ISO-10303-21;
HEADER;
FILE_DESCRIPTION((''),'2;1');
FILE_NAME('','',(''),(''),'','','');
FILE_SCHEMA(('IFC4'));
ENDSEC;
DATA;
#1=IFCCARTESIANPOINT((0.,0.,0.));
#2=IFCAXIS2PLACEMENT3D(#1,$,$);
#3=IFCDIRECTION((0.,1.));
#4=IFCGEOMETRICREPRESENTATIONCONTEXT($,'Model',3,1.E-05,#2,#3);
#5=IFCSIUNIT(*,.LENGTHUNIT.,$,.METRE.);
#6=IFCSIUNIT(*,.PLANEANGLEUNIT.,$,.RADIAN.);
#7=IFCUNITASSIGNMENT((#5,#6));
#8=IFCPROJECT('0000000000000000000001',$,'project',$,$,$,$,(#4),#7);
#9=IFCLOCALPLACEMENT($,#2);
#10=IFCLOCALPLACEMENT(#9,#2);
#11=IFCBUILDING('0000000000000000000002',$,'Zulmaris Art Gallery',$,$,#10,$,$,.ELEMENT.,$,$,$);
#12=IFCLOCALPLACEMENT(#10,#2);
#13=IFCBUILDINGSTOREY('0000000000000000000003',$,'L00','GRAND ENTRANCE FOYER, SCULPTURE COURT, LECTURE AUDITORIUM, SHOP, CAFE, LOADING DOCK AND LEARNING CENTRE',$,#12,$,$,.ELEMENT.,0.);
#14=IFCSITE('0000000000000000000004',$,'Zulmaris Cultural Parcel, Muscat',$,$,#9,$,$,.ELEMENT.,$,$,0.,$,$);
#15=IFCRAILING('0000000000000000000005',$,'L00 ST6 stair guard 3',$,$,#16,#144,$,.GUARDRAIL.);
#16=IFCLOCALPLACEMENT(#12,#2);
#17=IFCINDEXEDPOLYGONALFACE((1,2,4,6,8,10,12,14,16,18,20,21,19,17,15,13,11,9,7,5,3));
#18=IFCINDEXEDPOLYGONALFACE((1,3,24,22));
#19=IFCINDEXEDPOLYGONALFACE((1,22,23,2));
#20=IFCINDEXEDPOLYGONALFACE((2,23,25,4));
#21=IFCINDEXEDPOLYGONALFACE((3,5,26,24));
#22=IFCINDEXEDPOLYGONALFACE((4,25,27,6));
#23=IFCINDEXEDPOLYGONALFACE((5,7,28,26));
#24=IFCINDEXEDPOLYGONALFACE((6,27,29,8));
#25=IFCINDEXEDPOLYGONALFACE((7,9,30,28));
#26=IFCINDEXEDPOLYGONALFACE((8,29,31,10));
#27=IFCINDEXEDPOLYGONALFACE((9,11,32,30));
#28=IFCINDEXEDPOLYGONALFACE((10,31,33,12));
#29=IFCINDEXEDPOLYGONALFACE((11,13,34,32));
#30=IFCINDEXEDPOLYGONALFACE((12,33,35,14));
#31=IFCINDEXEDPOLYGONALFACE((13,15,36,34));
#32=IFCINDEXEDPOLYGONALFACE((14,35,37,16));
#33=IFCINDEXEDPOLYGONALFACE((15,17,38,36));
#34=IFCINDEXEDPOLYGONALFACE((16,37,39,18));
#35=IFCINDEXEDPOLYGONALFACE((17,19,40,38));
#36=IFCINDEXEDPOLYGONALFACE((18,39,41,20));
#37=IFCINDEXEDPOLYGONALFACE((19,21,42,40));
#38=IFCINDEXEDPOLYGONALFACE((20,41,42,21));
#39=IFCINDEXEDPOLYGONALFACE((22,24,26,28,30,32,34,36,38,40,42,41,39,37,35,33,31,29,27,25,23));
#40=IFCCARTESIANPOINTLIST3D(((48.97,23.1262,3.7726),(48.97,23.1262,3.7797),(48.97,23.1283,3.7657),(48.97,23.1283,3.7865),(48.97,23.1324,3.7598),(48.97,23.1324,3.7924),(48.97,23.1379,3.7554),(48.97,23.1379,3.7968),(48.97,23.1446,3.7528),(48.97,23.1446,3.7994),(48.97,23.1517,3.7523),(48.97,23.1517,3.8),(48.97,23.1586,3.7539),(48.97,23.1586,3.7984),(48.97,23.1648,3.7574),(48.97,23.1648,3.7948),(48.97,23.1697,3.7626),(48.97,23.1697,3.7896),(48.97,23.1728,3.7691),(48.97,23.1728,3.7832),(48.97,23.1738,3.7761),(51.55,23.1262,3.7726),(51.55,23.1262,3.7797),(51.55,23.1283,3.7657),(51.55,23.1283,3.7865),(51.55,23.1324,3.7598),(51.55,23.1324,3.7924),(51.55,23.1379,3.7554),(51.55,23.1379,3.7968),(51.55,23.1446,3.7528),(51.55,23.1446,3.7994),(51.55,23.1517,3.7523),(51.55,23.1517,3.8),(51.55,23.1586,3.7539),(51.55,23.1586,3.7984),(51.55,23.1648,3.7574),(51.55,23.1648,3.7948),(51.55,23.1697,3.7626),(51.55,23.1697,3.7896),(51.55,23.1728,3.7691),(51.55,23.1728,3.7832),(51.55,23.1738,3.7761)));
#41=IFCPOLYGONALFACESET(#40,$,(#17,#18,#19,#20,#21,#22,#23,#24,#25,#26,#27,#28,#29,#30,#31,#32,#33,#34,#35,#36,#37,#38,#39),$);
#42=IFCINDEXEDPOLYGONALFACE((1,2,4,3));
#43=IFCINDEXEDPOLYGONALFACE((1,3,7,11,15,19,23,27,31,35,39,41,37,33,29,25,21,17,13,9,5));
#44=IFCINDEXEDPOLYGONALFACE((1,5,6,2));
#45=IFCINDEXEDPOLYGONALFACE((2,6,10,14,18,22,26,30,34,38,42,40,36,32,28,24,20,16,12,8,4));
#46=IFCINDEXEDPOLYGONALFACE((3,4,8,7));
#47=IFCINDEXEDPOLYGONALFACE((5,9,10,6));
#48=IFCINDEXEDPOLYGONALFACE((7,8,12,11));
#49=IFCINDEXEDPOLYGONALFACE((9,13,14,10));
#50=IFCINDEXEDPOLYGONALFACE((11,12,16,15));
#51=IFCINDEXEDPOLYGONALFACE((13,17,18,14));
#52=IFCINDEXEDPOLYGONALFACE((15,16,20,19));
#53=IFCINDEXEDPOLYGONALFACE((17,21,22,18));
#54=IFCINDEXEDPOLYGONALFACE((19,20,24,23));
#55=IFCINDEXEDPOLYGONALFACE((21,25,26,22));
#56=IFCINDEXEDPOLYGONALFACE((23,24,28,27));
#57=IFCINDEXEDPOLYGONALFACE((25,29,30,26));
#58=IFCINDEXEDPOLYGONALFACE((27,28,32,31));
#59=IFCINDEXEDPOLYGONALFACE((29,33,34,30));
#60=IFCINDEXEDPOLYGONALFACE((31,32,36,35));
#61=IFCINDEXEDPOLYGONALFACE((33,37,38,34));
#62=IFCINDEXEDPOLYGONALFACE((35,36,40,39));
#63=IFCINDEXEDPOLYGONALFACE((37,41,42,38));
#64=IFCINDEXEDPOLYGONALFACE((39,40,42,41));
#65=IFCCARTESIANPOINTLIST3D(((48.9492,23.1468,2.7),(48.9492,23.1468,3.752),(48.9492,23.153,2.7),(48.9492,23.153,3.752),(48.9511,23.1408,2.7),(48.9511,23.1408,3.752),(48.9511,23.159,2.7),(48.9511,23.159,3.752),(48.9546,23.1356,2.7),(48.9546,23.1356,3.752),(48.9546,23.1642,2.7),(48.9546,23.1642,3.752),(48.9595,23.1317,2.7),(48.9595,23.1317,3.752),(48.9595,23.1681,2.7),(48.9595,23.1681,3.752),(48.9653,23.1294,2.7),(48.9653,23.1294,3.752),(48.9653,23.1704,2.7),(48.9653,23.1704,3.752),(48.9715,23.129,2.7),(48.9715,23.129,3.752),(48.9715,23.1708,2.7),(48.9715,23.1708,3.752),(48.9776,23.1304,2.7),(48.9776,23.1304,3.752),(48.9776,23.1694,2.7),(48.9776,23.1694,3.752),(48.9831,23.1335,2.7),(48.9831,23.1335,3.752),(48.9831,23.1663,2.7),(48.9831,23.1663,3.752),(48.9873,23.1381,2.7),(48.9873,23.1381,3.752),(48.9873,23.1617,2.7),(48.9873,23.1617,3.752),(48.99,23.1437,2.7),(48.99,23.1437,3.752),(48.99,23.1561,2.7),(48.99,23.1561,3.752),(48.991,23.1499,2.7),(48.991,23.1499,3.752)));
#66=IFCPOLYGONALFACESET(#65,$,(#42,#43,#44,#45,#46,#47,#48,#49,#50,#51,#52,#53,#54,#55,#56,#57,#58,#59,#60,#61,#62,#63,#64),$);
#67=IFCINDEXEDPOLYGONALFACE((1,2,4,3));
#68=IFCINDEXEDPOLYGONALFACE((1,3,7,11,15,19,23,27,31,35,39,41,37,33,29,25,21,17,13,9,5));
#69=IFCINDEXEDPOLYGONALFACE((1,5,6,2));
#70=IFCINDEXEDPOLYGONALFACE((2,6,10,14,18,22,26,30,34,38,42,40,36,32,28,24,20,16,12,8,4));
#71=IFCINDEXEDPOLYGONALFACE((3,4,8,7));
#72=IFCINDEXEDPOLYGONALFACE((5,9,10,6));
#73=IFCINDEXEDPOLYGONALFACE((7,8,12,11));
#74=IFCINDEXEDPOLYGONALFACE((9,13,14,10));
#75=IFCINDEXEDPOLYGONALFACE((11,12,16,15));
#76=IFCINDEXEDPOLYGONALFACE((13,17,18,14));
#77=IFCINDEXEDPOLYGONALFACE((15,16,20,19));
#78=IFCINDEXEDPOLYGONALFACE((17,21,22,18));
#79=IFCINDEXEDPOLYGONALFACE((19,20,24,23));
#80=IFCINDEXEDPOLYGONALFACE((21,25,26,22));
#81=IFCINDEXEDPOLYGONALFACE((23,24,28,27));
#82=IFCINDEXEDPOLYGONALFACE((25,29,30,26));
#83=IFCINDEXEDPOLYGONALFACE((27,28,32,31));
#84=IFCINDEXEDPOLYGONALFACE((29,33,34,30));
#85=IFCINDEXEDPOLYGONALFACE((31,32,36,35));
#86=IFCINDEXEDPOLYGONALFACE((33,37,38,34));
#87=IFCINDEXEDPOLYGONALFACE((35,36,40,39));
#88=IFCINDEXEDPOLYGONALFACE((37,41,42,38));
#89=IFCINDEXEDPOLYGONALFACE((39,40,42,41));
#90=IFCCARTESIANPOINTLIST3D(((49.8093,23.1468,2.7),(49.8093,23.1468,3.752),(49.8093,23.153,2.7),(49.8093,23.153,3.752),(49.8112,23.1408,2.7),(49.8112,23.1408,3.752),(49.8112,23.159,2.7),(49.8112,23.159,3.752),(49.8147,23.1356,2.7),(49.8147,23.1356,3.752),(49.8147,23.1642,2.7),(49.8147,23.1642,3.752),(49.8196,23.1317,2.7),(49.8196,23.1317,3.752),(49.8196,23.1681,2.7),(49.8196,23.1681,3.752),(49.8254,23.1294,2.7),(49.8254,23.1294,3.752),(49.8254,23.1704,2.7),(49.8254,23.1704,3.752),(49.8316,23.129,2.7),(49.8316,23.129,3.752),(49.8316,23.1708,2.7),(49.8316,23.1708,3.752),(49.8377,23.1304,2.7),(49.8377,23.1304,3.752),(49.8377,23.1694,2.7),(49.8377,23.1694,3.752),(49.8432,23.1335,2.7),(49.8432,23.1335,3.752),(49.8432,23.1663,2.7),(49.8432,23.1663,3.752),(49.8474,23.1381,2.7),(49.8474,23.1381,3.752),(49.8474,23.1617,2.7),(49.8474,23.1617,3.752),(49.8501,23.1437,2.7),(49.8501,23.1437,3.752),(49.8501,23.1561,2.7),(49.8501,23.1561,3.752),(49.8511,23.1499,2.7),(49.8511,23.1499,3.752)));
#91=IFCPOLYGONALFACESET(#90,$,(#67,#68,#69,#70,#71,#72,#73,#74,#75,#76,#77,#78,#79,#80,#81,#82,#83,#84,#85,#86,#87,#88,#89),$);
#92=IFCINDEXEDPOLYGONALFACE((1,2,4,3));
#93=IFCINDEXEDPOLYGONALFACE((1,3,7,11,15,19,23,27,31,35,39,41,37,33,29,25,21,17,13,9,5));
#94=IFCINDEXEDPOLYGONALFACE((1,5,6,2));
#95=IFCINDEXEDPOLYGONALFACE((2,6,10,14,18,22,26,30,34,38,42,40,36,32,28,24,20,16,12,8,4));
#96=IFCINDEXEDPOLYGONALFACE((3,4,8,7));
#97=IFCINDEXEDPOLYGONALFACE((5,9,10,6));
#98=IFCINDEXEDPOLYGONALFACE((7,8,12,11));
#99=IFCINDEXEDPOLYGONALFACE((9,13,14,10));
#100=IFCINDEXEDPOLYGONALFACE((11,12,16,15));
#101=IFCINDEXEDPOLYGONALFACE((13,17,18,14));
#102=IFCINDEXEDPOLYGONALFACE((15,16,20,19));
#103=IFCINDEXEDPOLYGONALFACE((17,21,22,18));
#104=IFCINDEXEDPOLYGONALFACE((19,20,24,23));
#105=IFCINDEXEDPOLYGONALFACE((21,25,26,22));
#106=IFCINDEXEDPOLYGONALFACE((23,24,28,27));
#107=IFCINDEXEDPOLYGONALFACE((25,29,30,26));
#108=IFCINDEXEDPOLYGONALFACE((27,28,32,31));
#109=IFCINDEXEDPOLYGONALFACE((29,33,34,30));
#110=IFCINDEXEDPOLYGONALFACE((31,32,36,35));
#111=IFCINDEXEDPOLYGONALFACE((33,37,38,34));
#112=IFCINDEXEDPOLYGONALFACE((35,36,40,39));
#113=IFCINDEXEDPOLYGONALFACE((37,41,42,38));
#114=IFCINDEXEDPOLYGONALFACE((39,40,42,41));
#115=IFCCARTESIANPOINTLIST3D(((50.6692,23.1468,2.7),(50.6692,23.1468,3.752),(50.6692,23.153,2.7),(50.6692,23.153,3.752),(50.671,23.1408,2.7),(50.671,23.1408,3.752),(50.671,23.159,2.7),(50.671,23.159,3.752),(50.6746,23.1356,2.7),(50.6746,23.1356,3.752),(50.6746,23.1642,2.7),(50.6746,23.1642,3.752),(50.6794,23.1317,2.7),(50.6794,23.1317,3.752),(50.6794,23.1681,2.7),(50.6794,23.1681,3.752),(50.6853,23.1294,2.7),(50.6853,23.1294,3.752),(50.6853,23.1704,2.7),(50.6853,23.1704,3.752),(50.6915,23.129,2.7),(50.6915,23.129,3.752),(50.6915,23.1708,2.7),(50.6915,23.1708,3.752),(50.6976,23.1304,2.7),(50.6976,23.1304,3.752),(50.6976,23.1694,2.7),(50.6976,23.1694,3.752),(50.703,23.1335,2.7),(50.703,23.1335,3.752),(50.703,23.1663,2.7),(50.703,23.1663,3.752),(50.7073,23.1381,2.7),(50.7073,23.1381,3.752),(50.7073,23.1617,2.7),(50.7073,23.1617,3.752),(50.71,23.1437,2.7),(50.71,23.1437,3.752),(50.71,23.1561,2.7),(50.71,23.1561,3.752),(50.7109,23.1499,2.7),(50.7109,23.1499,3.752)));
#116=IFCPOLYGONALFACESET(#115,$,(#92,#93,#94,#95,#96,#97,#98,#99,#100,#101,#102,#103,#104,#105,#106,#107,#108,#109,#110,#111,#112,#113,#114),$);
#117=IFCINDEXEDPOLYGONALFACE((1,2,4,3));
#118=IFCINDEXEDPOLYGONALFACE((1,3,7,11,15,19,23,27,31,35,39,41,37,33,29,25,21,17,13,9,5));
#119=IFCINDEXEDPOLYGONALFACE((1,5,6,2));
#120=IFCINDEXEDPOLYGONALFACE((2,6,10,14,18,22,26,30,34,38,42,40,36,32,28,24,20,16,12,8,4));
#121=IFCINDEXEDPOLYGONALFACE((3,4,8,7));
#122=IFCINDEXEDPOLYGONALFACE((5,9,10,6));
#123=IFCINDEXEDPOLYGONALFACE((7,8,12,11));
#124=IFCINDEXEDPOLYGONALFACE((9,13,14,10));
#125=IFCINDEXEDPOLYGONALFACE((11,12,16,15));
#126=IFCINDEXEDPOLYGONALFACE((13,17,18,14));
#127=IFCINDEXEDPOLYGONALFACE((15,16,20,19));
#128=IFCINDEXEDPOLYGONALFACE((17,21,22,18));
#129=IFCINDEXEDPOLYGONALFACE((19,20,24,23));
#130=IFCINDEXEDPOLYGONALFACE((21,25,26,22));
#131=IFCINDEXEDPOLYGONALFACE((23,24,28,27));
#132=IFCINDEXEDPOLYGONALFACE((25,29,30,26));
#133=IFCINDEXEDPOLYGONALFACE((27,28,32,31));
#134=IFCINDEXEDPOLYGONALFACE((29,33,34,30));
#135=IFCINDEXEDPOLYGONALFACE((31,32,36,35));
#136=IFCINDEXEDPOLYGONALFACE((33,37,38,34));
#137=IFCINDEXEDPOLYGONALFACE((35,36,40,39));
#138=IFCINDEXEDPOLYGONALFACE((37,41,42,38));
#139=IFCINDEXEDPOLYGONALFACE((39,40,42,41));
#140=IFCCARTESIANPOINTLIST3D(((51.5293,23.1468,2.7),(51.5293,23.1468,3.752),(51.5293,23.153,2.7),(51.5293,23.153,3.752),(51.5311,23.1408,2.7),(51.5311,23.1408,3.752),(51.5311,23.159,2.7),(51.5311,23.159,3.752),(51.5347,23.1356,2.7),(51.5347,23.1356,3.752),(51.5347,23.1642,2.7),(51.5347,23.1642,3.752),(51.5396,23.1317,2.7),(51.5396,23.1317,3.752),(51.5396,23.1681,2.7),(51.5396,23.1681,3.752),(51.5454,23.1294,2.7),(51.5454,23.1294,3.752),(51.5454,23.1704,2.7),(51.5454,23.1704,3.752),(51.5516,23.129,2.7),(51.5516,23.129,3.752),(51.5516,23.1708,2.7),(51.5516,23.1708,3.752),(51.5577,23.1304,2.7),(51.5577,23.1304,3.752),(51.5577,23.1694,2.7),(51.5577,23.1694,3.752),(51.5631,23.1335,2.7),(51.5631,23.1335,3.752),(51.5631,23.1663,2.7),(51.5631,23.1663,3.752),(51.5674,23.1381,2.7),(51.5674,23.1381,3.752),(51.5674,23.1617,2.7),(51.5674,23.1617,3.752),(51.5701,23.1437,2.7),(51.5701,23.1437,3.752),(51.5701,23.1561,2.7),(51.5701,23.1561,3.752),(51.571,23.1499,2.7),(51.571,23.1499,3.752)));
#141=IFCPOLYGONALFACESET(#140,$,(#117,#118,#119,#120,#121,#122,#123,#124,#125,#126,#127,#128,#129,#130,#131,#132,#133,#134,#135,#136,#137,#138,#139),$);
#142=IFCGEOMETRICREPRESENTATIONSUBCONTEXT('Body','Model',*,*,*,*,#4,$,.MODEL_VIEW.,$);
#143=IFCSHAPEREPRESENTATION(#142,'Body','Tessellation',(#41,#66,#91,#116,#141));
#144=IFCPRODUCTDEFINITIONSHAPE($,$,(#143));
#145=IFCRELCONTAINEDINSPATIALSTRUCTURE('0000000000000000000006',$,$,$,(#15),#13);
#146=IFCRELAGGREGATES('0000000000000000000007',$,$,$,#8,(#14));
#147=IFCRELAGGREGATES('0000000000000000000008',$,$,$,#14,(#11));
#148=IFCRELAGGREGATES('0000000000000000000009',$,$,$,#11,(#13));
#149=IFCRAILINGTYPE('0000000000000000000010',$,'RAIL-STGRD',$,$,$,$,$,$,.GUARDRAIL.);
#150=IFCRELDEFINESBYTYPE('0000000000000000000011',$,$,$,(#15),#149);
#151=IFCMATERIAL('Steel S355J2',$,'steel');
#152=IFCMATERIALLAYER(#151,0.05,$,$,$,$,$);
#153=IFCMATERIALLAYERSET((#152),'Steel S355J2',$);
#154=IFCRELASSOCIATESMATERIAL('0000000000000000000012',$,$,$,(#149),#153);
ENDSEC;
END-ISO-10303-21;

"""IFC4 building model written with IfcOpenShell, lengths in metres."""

from ifc_helpers import new_model, si_unit, direction, frame, origin, origin_2d, place, context, subcontext, project, spatial, circle, extrude, material, layer, layer_set, type_object, element, save


model = new_model("IFC4")

# Units and contexts
model_context = context("Model", 3, precision=1e-05, world=origin(), true_north=direction((0.0, 1.0)))
body_context = subcontext(model_context, "Body", "Model", "MODEL_VIEW")
ifc_project = project(units=[si_unit("LENGTHUNIT", "METRE"), si_unit("PLANEANGLEUNIT", "RADIAN")], contexts=[model_context])

# Site, building, storey
site_placement = place(None, origin())
site = spatial("IfcSite", under=ifc_project, at=site_placement, Name="Zulmaris Cultural Parcel, Muscat", CompositionType="ELEMENT", RefElevation=0.0)
building_placement = place(site_placement, origin())
building = spatial("IfcBuilding", under=site, at=building_placement, Name="Zulmaris Art Gallery", CompositionType="ELEMENT")
storey_placement = place(building_placement, origin())
storey = spatial("IfcBuildingStorey", under=building, at=storey_placement, Name="L00", Description="GRAND ENTRANCE FOYER, SCULPTURE COURT, LECTURE AUDITORIUM, SHOP, CAFE, LOADING DOCK AND LEARNING CENTRE", CompositionType="ELEMENT", Elevation=0.0)

# Shared definitions
ifc_material_1 = material(Name="Steel S355J2", Category="steel")

# Railing
ifc_layer_1 = layer(ifc_material_1, 0.05)
ifc_layer_set_1 = layer_set([ifc_layer_1], Name="Steel S355J2")
railing_type_1 = type_object("IfcRailingType", Name="RAIL-STGRD", PredefinedType="GUARDRAIL", material=ifc_layer_set_1)
for number, where, name in (
    (1, (48.97, 23.1499, 2.7), "L00 ST6 stair guard 3"),
):
    element("IfcRailing", number, at=place(storey_placement, frame(where)), inside=storey, type_object=railing_type_1, Name=name, PredefinedType="GUARDRAIL", context=body_context, shape_type="SweptSolid", body=[
        extrude(circle(Radius=0.0239, at=origin_2d()), frame((0.0, 0.0, 1.0762), z_axis=(1.0, 0.0, 0.0), x_axis=(0.0, 1.0, 0.0)), (0.0, 0.0, 1.0), 2.5801),
        extrude(circle(Radius=0.021, at=origin_2d()), origin(), (0.0, 0.0, 1.0), 1.052),
        extrude(circle(Radius=0.021, at=origin_2d()), frame((0.8601, 0.0, 0.0)), (0.0, 0.0, 1.0), 1.052),
        extrude(circle(Radius=0.021, at=origin_2d()), frame((1.72, 0.0, 0.0)), (0.0, 0.0, 1.0), 1.052),
        extrude(circle(Radius=0.021, at=origin_2d()), frame((2.5801, 0.0, 0.0)), (0.0, 0.0, 1.0), 1.052),
    ])

save(model, "model.ifc")
